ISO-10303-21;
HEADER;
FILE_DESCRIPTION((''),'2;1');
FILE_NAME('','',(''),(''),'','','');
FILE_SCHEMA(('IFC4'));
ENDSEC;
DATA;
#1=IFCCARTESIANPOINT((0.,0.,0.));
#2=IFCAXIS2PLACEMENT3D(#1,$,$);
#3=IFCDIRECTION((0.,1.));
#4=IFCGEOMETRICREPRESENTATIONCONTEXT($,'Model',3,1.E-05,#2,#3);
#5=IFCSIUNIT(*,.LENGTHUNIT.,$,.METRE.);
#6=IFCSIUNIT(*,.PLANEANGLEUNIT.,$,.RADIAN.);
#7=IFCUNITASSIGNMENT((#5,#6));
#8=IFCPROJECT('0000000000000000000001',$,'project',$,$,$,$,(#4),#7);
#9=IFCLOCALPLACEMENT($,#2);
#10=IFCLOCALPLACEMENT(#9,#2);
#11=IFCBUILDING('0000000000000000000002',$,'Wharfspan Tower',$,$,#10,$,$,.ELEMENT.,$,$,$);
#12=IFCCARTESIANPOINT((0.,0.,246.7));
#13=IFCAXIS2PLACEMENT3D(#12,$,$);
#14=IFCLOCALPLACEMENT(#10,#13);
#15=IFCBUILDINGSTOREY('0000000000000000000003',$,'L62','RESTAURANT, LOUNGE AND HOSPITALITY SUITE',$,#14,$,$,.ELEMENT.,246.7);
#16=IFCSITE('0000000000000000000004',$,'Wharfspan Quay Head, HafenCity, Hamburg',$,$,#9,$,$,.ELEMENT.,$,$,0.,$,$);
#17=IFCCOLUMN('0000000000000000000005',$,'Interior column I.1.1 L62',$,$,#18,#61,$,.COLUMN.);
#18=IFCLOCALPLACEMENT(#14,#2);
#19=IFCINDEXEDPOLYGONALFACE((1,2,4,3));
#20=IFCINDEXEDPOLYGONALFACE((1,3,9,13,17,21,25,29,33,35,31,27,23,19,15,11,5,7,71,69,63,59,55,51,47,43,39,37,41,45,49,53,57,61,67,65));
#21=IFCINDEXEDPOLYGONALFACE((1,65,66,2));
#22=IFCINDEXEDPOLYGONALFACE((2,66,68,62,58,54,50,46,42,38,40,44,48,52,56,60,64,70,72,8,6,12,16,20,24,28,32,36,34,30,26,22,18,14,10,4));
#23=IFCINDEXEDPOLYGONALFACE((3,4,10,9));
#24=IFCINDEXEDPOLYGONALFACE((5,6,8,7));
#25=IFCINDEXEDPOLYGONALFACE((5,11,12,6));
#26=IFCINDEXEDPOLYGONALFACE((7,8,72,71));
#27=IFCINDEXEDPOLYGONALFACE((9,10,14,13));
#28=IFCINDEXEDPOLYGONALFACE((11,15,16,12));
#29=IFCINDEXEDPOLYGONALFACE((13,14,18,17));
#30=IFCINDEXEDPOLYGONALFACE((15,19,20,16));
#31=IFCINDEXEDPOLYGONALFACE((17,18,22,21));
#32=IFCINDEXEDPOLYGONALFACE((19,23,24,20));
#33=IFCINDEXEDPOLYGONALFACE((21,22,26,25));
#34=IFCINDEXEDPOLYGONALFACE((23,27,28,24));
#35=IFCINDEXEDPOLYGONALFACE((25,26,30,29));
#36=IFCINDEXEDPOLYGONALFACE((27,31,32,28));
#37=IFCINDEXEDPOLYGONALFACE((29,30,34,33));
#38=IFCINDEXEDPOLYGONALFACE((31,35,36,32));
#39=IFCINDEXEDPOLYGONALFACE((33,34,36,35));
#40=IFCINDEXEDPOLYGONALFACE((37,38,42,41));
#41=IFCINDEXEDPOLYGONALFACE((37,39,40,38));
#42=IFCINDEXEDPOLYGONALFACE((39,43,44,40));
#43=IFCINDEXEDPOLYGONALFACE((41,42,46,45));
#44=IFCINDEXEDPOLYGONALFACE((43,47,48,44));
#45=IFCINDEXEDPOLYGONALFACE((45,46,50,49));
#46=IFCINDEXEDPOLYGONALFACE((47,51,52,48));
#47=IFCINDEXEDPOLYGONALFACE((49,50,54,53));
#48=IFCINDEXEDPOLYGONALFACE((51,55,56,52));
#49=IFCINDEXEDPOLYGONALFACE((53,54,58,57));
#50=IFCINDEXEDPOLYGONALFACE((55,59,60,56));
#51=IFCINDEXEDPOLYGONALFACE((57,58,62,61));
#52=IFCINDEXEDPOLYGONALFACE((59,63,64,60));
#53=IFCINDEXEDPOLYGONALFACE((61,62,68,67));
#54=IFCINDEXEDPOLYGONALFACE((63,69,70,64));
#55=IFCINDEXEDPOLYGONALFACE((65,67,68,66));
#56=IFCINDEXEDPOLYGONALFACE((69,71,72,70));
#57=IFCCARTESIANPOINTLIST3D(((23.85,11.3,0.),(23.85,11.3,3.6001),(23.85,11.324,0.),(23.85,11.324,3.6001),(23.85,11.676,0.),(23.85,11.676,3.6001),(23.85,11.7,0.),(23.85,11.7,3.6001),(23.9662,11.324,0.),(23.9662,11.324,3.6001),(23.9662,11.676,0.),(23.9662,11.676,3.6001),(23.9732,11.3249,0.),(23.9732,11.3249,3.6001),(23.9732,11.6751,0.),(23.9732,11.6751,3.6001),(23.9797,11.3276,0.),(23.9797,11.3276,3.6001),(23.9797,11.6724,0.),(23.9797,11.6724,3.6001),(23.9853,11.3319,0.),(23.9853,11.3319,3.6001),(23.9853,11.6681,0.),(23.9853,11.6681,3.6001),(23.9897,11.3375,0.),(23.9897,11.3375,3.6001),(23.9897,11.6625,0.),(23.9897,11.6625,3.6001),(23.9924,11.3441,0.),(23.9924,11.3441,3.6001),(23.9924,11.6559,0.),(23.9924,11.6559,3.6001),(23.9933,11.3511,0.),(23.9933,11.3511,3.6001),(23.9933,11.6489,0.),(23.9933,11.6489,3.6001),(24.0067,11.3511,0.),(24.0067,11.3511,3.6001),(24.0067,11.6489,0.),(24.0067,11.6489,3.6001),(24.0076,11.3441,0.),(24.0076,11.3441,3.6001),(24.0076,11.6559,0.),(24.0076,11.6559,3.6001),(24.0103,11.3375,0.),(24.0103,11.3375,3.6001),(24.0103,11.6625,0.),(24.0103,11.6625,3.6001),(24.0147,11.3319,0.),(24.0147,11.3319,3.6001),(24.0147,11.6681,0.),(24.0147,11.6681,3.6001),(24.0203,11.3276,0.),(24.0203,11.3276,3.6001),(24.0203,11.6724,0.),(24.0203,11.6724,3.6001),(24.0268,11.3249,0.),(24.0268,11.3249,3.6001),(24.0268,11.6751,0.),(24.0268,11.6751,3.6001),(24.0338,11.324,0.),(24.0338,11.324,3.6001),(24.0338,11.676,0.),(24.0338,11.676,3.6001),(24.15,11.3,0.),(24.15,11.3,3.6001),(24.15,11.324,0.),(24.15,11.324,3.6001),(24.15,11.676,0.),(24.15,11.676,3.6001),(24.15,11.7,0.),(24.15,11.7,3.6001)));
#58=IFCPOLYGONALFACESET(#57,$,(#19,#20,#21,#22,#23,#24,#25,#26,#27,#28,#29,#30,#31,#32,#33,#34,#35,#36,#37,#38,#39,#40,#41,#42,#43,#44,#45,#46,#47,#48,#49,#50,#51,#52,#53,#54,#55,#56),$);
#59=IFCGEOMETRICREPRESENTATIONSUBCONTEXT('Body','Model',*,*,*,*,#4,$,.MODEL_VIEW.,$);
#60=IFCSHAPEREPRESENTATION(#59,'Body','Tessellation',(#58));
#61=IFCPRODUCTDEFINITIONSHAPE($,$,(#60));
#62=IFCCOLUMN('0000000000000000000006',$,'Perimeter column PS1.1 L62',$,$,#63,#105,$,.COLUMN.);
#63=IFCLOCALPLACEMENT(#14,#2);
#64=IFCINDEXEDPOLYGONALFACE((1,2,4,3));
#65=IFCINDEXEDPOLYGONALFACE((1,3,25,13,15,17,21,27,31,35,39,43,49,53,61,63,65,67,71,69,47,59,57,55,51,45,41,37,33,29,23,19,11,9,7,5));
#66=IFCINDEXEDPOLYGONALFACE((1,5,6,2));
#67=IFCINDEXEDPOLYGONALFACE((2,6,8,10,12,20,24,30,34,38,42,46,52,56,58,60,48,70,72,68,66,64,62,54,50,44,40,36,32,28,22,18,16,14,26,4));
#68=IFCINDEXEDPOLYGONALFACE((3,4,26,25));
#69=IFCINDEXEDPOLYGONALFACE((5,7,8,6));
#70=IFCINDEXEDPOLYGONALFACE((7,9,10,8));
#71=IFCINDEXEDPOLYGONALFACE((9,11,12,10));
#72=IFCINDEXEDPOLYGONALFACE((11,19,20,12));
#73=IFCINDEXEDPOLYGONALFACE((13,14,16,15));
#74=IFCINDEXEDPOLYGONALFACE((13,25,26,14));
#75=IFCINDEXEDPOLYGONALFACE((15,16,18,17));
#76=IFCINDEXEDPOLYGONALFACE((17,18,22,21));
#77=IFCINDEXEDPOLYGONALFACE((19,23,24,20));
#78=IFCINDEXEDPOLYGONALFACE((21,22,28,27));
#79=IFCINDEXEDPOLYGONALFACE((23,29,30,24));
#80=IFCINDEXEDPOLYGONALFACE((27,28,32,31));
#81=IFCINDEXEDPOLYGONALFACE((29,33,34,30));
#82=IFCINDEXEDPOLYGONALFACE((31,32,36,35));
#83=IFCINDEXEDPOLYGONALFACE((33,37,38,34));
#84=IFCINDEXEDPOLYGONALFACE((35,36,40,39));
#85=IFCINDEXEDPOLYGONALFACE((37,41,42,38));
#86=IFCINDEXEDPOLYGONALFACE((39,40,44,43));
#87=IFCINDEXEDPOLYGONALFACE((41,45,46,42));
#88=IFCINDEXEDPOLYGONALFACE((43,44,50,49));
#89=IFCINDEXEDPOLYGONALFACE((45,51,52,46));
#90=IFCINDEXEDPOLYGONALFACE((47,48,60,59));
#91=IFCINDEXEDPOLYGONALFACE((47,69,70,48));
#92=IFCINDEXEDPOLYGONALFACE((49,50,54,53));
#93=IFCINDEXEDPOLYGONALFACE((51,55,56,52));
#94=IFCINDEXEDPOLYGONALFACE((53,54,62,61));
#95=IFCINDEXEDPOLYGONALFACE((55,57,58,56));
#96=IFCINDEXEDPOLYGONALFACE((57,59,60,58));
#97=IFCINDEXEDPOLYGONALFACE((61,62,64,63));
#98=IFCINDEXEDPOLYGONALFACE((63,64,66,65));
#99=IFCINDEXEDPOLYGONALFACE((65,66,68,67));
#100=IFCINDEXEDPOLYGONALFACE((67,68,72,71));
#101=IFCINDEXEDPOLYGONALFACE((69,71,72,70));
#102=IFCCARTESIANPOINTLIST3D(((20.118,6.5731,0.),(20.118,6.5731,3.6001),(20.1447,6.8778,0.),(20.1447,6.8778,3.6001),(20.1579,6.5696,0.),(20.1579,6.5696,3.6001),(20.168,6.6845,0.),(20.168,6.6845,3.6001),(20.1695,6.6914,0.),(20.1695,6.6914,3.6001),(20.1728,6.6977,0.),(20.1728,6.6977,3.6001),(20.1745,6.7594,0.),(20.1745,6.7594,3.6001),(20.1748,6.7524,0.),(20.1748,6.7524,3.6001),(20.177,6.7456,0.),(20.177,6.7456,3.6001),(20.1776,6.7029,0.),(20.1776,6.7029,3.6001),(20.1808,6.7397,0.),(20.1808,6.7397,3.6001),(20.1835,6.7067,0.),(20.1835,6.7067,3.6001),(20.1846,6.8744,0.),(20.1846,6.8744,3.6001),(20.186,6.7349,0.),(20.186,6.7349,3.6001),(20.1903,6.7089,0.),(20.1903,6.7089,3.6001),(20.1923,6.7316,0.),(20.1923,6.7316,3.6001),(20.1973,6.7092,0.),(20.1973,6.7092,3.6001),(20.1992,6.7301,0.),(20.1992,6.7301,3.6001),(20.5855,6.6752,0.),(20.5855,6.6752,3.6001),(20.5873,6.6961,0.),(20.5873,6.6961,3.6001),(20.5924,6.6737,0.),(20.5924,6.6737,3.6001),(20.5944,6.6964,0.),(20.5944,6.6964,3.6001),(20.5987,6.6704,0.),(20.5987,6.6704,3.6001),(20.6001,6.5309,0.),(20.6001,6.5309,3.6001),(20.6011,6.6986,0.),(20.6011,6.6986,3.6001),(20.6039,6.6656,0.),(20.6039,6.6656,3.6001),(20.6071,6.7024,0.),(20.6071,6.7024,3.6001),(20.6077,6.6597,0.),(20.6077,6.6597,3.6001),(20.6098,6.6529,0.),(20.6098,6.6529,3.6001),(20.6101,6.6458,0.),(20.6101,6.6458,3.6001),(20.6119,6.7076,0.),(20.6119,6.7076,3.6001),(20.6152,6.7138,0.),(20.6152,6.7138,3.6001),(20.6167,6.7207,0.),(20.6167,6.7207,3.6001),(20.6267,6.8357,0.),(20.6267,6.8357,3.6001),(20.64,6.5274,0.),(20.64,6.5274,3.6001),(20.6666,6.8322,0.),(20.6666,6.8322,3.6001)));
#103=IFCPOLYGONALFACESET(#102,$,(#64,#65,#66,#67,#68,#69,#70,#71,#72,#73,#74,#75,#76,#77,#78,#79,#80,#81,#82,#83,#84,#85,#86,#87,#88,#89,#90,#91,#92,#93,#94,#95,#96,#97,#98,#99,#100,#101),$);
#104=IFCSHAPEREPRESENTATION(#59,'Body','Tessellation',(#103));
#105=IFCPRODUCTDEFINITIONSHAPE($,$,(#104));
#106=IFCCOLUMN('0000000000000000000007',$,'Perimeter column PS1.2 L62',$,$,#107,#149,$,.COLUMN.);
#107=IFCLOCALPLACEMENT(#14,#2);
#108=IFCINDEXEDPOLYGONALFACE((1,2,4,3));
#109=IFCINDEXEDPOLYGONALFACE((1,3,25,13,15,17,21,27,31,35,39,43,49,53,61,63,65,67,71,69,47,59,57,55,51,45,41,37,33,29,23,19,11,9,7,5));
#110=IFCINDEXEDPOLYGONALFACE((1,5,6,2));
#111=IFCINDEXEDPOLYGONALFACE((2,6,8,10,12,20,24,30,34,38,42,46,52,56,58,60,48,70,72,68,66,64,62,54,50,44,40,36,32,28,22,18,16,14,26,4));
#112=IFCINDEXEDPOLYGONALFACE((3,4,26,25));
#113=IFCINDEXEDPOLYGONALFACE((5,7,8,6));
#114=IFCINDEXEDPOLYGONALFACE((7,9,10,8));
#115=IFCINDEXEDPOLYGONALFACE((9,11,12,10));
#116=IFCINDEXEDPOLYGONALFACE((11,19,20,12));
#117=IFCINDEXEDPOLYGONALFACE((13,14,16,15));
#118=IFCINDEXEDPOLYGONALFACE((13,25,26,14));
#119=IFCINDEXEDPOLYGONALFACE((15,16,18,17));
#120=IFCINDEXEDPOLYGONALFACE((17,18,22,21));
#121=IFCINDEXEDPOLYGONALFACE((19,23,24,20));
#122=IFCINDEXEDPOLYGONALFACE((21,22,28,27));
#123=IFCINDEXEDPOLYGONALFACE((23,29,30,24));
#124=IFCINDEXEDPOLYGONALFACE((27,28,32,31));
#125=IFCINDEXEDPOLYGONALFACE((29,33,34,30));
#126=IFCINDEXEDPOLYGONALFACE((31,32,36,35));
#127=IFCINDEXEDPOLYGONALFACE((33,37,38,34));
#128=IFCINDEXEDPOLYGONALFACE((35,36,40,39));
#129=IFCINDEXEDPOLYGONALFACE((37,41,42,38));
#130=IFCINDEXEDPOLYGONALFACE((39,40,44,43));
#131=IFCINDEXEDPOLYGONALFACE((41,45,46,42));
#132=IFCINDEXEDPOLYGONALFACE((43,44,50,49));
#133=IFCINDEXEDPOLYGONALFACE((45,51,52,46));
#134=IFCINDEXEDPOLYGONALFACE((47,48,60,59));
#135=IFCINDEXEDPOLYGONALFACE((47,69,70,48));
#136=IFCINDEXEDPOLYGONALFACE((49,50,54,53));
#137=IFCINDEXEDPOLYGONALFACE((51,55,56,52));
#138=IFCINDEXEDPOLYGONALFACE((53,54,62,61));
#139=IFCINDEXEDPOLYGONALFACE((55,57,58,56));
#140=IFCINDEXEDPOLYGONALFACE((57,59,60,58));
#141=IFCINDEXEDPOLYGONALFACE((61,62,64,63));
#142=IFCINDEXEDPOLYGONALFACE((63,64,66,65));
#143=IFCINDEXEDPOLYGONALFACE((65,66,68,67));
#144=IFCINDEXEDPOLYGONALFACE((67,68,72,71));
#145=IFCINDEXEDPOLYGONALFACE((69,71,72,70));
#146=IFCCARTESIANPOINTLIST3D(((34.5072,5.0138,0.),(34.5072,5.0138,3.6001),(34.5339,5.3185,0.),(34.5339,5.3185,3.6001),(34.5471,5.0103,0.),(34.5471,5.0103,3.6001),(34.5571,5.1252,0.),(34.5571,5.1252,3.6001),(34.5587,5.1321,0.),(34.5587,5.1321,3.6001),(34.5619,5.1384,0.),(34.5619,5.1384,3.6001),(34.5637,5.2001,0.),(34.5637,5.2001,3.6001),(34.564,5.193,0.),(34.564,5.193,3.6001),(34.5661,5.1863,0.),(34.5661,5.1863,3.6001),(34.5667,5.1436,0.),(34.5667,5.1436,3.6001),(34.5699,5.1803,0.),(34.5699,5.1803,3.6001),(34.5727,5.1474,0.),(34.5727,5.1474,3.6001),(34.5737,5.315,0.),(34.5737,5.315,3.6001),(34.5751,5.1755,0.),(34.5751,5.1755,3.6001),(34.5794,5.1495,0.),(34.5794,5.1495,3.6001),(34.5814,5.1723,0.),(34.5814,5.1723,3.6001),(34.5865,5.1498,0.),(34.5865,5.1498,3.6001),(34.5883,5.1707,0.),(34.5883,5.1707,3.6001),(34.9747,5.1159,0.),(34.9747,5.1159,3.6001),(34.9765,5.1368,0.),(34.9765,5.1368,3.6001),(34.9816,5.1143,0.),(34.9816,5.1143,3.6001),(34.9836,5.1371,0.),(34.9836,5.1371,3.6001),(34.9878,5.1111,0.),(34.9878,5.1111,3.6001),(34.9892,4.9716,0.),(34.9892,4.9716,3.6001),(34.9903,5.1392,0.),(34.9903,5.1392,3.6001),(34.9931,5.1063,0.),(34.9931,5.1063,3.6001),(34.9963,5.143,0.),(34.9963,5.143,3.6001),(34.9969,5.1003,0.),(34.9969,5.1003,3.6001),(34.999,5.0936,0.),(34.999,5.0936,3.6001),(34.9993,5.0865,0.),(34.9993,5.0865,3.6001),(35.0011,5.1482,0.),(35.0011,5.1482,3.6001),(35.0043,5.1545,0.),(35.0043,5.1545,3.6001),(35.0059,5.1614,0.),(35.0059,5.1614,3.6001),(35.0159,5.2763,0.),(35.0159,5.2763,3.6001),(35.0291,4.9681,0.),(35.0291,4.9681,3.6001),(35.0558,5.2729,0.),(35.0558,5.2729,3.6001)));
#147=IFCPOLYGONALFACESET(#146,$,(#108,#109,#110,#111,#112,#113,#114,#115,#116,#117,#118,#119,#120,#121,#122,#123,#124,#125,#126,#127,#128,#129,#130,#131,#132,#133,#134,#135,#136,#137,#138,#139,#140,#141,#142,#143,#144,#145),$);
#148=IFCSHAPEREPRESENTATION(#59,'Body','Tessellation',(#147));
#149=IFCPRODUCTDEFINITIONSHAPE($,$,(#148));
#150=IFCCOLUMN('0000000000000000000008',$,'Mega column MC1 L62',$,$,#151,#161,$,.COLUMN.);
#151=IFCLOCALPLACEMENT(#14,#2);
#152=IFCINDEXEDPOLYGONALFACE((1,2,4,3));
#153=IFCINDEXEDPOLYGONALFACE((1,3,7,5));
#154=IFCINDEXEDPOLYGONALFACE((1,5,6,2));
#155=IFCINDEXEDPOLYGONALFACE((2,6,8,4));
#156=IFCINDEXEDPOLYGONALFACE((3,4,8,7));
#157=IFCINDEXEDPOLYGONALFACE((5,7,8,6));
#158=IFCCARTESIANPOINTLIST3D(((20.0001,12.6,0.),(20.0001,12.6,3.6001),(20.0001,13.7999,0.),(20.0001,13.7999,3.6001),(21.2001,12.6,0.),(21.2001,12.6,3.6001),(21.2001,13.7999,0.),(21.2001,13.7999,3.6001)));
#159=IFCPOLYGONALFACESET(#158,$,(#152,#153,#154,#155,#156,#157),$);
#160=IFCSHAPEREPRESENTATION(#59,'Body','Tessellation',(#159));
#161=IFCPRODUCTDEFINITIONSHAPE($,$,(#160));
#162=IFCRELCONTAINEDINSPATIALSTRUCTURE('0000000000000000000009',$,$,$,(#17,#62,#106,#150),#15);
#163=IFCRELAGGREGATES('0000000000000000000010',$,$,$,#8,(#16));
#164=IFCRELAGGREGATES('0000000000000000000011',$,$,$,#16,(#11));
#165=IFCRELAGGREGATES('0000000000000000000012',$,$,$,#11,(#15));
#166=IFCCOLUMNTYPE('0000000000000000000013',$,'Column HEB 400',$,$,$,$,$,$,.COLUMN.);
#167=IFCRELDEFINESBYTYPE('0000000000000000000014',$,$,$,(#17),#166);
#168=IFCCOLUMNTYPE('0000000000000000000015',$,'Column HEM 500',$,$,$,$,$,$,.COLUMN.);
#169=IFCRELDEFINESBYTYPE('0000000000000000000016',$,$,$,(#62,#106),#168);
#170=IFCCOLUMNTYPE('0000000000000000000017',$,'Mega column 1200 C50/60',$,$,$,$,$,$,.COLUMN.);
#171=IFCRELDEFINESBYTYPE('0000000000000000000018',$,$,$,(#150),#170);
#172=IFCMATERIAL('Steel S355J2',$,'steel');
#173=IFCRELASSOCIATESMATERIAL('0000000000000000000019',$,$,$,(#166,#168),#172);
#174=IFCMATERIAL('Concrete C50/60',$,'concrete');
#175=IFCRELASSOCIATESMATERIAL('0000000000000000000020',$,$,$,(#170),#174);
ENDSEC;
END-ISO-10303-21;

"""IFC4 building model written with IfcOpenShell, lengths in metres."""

from ifc_helpers import new_model, si_unit, direction, frame, origin, origin_2d, place, context, subcontext, project, spatial, rectangle, i_section, extrude, material, material_profile, profile_set, type_object, element, save


model = new_model("IFC4")

# Units and contexts
model_context = context("Model", 3, precision=1e-05, world=origin(), true_north=direction((0.0, 1.0)))
body_context = subcontext(model_context, "Body", "Model", "MODEL_VIEW")
ifc_project = project(units=[si_unit("LENGTHUNIT", "METRE"), si_unit("PLANEANGLEUNIT", "RADIAN")], contexts=[model_context])

# Site, building, storey
site_placement = place(None, origin())
site = spatial("IfcSite", under=ifc_project, at=site_placement, Name="Wharfspan Quay Head, HafenCity, Hamburg", CompositionType="ELEMENT", RefElevation=0.0)
building_placement = place(site_placement, origin())
building = spatial("IfcBuilding", under=site, at=building_placement, Name="Wharfspan Tower", CompositionType="ELEMENT")
storey_placement = place(building_placement, frame((0.0, 0.0, 246.7)))
storey = spatial("IfcBuildingStorey", under=building, at=storey_placement, Name="L62", Description="RESTAURANT, LOUNGE AND HOSPITALITY SUITE", CompositionType="ELEMENT", Elevation=246.7)

# Columns
ifc_material_1 = material(Name="Steel S355J2", Category="steel")
ifc_material_profile_1 = material_profile(ifc_material_1, i_section(OverallWidth=0.3, OverallDepth=0.3999, WebThickness=0.0134, FlangeThickness=0.0239, FilletRadius=0.0271, at=origin_2d()))
ifc_profile_set_1 = profile_set([ifc_material_profile_1], Name="Steel S355J2")
column_type_1 = type_object("IfcColumnType", Name="Column HEB 400", PredefinedType="COLUMN", material=ifc_profile_set_1)
column_1_placement = place(storey_placement, frame((24.0, 11.5, 0.0), z_axis=(0.0, 0.0, 1.0), x_axis=(1.0, 0.0, 0.0)))
element("IfcColumn", 1, at=column_1_placement, inside=storey, type_object=column_type_1, Name="Interior column I.1.1 L62", PredefinedType="COLUMN", context=body_context, shape_type="SweptSolid", body=[
    extrude(i_section(OverallWidth=0.3, OverallDepth=0.3999, WebThickness=0.0134, FlangeThickness=0.0239, FilletRadius=0.0271, at=origin_2d()), origin(), (0.0, 0.0, 1.0), 3.6001),
])
ifc_material_profile_2 = material_profile(ifc_material_1, i_section(OverallWidth=0.3059, OverallDepth=0.5239, WebThickness=0.021, FlangeThickness=0.04, FilletRadius=0.0271, at=origin_2d()))
ifc_profile_set_2 = profile_set([ifc_material_profile_2], Name="Steel S355J2")
column_type_2 = type_object("IfcColumnType", Name="Column HEM 500", PredefinedType="COLUMN", material=ifc_profile_set_2)
for number, where, z_axis, x_axis, name in (
    (2, (20.3923, 6.7026, 0.0), (0.0, 0.0, 1.0), (-0.087156, -0.996197, 0.0), "Perimeter column PS1.1 L62"),
    (3, (34.7815, 5.1433, 0.0), (0.0, 0.0, 1.0), (-0.087156, -0.996197, 0.0), "Perimeter column PS1.2 L62"),
):
    element("IfcColumn", number, at=place(storey_placement, frame(where, z_axis=z_axis, x_axis=x_axis)), inside=storey, type_object=column_type_2, Name=name, PredefinedType="COLUMN", context=body_context, shape_type="SweptSolid", body=[
        extrude(i_section(OverallWidth=0.3059, OverallDepth=0.5239, WebThickness=0.021, FlangeThickness=0.04, FilletRadius=0.0271, at=origin_2d()), origin(), (0.0, 0.0, 1.0), 3.6001),
    ])
ifc_material_2 = material(Name="Concrete C50/60", Category="concrete")
ifc_material_profile_3 = material_profile(ifc_material_2, rectangle(XDim=1.2, YDim=1.2, at=origin_2d()))
ifc_profile_set_3 = profile_set([ifc_material_profile_3], Name="Concrete C50/60")
column_type_3 = type_object("IfcColumnType", Name="Mega column 1200 C50/60", PredefinedType="COLUMN", material=ifc_profile_set_3)
column_2_placement = place(storey_placement, frame((20.6001, 13.2, 0.0), z_axis=(0.0, 0.0, 1.0), x_axis=(1.0, 0.0, 0.0)))
element("IfcColumn", 4, at=column_2_placement, inside=storey, type_object=column_type_3, Name="Mega column MC1 L62", PredefinedType="COLUMN", context=body_context, shape_type="SweptSolid", body=[
    extrude(rectangle(XDim=1.2, YDim=1.2, at=origin_2d()), origin(), (0.0, 0.0, 1.0), 3.6001),
])

save(model, "model.ifc")
